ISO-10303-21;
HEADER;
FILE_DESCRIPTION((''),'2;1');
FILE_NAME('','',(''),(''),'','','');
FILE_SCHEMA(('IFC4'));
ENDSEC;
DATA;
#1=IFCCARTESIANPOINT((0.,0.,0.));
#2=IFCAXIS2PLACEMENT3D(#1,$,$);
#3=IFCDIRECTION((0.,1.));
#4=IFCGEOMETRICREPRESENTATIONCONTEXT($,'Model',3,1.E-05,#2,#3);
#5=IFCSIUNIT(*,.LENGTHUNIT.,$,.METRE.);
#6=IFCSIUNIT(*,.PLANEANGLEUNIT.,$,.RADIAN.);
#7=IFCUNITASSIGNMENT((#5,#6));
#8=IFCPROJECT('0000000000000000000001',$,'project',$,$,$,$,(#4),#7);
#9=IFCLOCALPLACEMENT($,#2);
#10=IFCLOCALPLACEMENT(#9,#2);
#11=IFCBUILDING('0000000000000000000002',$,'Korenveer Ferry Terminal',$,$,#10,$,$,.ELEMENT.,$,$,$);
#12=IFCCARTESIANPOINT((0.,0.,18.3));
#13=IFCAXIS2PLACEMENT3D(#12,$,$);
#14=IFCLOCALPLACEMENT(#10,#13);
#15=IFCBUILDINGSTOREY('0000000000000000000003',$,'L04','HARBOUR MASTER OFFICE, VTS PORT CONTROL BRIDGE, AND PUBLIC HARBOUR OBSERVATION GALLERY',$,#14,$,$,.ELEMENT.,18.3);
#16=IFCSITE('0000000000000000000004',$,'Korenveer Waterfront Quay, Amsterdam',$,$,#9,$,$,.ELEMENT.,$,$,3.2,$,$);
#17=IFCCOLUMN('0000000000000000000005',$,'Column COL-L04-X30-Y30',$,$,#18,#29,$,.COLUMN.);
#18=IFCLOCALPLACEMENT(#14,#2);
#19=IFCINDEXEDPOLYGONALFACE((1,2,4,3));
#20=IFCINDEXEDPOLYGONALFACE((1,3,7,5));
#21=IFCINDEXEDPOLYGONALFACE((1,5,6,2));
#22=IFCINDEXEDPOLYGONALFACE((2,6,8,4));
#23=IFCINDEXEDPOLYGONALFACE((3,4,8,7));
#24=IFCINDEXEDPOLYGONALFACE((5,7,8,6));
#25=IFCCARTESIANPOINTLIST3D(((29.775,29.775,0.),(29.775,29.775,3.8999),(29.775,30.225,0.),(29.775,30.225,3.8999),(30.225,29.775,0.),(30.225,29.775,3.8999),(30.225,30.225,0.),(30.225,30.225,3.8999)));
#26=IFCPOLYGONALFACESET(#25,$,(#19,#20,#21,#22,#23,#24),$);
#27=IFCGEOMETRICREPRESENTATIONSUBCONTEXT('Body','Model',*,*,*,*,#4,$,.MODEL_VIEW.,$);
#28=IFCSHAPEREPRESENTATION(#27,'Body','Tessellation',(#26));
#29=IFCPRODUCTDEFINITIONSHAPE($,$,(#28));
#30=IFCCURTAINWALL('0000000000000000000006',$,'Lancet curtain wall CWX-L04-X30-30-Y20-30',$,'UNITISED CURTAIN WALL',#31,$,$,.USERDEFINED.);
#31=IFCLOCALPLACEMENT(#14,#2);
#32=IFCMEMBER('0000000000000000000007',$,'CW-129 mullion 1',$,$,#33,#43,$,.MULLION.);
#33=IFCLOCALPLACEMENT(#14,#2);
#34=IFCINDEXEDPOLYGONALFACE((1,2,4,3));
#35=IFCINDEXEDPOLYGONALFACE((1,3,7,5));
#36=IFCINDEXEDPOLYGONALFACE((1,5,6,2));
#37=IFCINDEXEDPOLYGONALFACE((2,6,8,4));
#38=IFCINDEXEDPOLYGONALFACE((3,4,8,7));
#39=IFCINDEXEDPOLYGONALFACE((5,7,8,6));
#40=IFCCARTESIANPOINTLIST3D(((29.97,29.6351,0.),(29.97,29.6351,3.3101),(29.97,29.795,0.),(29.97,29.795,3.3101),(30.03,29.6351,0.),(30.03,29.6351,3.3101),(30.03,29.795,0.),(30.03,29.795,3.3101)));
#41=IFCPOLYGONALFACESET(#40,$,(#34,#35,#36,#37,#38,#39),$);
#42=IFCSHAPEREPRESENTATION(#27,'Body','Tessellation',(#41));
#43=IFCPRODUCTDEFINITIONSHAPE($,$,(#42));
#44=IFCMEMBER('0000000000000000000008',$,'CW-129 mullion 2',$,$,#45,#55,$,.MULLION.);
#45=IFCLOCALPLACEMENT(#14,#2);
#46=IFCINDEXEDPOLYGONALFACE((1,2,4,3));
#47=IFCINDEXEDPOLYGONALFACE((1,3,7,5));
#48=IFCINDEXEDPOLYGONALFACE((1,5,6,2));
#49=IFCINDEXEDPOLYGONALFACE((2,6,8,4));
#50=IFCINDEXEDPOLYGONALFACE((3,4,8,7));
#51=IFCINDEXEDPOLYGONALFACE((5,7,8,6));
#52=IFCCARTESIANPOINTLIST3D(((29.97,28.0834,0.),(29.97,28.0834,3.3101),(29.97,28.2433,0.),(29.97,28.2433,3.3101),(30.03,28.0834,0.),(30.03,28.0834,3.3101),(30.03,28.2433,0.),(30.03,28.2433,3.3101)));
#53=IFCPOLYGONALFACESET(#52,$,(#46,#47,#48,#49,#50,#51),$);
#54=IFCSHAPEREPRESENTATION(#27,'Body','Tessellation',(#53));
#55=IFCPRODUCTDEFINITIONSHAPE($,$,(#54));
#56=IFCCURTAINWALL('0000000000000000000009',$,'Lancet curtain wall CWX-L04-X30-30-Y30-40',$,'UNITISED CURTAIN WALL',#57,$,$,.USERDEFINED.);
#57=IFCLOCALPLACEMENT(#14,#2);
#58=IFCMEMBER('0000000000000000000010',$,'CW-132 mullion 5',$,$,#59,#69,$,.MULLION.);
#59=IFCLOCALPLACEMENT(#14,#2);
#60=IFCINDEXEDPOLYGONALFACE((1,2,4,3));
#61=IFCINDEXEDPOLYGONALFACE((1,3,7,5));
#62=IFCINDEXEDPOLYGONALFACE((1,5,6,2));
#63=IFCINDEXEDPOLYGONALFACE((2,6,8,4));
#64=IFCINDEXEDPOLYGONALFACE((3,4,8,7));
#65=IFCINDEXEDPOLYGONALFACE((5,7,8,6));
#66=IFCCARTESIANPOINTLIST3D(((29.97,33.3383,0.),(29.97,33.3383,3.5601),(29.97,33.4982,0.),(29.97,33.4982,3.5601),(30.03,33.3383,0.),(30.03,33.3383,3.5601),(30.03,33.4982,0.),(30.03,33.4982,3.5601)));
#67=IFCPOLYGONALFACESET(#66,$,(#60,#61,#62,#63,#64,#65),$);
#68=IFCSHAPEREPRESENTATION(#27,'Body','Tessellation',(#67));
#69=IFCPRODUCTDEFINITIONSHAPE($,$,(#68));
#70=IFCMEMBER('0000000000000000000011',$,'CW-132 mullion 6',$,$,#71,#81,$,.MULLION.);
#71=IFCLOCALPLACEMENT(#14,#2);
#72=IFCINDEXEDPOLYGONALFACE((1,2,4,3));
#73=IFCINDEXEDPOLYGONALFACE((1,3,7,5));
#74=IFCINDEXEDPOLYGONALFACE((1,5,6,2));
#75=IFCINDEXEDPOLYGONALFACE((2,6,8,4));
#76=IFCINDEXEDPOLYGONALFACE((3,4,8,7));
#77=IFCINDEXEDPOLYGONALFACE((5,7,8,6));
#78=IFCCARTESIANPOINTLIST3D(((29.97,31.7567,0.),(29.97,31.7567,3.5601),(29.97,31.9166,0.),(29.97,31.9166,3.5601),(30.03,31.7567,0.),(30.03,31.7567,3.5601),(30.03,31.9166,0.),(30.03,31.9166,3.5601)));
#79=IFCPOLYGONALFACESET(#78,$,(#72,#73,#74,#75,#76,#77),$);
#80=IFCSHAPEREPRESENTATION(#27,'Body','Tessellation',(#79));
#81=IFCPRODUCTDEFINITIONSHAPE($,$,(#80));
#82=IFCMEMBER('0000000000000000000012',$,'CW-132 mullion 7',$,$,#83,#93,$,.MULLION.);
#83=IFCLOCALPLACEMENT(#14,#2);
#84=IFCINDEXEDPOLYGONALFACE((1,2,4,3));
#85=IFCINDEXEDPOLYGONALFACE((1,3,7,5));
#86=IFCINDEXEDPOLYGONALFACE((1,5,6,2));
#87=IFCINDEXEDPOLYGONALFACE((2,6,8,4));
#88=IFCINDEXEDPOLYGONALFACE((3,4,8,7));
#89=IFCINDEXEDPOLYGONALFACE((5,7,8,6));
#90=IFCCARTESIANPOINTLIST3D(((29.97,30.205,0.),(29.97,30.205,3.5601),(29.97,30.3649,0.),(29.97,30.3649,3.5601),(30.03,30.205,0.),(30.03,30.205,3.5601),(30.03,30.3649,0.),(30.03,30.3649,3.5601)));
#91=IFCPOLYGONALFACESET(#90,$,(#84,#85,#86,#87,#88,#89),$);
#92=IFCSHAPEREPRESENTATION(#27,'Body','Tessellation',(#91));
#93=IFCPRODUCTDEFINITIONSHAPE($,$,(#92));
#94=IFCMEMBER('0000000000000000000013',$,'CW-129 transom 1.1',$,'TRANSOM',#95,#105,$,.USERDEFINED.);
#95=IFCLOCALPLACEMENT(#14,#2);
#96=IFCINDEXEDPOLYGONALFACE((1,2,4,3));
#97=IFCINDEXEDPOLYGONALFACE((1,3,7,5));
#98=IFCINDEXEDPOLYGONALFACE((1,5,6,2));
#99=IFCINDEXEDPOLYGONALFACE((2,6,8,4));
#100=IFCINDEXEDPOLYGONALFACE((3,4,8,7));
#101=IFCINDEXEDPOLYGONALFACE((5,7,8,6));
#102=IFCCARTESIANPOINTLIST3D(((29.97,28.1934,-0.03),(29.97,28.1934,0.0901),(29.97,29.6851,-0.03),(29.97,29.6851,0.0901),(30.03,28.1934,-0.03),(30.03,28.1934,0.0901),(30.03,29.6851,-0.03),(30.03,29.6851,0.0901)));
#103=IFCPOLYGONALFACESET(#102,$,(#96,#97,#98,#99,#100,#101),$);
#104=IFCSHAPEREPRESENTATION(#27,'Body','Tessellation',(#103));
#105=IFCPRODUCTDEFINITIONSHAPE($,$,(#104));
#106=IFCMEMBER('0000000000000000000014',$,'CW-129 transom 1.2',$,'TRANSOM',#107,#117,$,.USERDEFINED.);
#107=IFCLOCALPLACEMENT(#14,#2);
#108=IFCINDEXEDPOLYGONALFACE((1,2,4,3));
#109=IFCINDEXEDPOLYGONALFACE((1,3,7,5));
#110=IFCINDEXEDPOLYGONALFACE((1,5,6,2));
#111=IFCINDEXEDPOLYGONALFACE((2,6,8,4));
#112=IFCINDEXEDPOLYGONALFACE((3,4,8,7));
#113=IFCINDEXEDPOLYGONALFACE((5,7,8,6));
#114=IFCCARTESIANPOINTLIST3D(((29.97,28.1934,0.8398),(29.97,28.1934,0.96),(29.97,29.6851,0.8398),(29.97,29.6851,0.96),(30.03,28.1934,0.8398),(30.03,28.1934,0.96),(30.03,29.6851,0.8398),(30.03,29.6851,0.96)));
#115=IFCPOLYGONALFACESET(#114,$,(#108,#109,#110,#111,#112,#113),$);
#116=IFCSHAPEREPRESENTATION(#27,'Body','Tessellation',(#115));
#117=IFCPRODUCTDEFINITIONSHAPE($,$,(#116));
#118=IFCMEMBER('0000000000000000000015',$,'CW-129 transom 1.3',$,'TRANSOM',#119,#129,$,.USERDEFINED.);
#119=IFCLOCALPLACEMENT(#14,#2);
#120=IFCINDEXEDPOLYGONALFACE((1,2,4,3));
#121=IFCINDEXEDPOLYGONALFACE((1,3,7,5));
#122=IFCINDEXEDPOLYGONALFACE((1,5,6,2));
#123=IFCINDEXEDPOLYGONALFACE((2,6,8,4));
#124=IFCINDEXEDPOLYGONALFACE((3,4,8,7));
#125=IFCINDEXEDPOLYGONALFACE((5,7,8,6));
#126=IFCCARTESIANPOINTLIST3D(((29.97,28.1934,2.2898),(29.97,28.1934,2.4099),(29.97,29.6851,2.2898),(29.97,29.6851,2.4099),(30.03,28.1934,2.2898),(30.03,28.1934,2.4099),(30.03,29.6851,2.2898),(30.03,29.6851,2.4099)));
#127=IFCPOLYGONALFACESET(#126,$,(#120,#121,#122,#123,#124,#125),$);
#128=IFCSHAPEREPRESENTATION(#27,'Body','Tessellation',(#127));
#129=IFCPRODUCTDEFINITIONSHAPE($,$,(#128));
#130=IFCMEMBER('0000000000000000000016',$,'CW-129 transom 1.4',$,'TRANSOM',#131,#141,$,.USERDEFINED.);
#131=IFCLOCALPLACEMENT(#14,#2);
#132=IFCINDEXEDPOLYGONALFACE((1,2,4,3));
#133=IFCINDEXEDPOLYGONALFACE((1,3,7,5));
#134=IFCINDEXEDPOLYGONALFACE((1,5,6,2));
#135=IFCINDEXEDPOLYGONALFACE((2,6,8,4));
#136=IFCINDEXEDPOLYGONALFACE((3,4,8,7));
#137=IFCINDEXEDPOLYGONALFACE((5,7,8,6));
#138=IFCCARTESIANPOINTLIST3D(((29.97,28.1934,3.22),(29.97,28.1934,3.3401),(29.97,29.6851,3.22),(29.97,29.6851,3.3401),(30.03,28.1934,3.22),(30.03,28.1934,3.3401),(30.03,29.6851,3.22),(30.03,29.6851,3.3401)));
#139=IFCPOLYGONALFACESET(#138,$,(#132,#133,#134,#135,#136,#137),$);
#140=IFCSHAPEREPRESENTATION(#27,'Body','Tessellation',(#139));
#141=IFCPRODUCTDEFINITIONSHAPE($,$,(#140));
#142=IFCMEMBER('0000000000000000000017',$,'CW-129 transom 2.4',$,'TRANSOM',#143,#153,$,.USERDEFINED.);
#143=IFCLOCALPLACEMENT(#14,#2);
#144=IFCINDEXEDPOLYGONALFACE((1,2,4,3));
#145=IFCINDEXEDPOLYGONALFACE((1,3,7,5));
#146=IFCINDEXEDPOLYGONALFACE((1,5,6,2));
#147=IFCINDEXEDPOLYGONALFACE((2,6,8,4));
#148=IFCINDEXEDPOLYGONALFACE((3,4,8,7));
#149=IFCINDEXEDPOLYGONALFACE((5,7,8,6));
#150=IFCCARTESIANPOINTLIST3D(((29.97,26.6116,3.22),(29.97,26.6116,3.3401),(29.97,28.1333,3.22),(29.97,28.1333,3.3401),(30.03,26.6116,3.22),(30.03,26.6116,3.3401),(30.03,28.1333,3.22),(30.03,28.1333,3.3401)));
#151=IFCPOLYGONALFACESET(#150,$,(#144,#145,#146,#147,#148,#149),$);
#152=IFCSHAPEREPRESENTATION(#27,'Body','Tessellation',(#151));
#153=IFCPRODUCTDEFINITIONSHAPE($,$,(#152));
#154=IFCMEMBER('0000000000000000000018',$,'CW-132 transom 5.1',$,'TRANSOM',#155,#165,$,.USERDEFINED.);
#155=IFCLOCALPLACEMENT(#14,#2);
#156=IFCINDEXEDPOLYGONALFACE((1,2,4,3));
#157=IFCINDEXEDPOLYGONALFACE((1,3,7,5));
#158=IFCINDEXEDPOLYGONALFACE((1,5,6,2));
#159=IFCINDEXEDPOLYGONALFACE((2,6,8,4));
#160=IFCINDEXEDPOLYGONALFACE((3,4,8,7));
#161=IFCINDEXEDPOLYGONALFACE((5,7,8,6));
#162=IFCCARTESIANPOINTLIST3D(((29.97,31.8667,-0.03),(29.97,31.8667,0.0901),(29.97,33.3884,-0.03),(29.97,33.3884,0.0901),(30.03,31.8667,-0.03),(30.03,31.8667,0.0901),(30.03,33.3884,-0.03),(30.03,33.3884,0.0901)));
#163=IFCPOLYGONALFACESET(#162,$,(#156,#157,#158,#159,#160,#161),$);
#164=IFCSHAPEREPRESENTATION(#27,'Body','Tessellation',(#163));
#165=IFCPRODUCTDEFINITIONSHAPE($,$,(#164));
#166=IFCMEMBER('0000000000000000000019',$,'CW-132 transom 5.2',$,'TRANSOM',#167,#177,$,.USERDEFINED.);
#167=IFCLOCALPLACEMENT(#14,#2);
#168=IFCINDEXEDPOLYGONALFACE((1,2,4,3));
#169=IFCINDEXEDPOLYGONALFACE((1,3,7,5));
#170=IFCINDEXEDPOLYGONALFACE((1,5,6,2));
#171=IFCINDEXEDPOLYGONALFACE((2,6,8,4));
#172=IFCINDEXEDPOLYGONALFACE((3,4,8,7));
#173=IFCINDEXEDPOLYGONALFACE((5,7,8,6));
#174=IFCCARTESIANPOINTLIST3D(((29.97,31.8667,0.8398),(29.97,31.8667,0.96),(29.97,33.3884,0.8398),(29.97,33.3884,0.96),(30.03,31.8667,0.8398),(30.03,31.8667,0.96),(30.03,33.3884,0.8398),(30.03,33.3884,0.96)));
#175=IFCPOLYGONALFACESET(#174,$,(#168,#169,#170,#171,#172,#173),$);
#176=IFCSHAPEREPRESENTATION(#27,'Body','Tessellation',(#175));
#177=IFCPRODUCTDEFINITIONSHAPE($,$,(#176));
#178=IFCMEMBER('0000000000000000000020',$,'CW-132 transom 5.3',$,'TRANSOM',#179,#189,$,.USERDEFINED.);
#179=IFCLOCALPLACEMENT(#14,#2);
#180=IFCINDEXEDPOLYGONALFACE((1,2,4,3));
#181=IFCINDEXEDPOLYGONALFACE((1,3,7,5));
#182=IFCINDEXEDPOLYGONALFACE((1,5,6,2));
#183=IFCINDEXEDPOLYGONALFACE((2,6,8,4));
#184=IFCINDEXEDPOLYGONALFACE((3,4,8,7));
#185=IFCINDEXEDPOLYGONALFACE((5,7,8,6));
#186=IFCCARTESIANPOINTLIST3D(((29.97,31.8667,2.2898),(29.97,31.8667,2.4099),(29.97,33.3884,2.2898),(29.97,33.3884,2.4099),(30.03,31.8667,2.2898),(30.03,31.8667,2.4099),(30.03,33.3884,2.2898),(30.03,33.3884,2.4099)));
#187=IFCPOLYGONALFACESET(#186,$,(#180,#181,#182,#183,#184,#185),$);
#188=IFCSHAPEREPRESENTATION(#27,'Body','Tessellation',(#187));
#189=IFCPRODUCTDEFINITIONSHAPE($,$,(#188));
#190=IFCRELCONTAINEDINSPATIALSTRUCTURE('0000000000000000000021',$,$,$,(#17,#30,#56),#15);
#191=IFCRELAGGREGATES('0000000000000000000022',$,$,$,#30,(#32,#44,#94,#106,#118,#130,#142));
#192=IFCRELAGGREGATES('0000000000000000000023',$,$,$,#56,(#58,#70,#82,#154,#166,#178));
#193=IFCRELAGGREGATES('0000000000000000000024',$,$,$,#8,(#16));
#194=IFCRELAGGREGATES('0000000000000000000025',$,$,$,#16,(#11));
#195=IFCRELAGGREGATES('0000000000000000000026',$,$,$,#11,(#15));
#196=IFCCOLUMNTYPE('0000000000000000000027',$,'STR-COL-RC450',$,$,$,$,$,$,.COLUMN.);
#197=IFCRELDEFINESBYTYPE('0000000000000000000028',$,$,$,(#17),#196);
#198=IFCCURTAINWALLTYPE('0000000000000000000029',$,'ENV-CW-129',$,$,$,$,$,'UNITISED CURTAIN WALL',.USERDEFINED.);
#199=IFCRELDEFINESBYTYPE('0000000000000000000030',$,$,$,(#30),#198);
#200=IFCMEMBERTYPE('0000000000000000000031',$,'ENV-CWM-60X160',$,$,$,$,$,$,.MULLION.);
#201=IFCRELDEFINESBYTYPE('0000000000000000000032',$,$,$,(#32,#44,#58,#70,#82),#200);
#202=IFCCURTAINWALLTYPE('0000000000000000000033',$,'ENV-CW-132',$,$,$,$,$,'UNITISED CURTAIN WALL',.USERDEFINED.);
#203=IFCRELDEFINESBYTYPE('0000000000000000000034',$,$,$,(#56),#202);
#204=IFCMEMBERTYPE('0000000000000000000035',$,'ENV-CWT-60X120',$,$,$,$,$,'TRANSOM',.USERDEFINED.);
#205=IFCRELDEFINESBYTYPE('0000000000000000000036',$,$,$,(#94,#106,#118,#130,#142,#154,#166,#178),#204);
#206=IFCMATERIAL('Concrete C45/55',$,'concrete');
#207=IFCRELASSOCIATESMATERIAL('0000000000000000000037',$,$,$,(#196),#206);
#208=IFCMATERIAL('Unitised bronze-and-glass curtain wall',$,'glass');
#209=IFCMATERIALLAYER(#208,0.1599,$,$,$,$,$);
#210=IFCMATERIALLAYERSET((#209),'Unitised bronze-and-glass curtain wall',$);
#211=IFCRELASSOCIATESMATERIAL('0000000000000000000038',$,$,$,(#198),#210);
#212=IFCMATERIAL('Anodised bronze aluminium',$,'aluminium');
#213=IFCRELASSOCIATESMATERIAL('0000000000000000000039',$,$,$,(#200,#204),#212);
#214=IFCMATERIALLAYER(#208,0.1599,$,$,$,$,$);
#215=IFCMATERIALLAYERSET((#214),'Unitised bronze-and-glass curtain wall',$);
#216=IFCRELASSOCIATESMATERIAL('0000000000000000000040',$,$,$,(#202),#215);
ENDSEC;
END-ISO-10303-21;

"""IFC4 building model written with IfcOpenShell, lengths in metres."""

from ifc_helpers import new_model, si_unit, direction, frame, origin, origin_2d, place, context, subcontext, project, spatial, rectangle, extrude, material, layer, layer_set, material_profile, profile_set, type_object, element, aggregate, save


model = new_model("IFC4")

# Units and contexts
model_context = context("Model", 3, precision=1e-05, world=origin(), true_north=direction((0.0, 1.0)))
body_context = subcontext(model_context, "Body", "Model", "MODEL_VIEW")
ifc_project = project(units=[si_unit("LENGTHUNIT", "METRE"), si_unit("PLANEANGLEUNIT", "RADIAN")], contexts=[model_context])

# Site, building, storey
site_placement = place(None, origin())
site = spatial("IfcSite", under=ifc_project, at=site_placement, Name="Korenveer Waterfront Quay, Amsterdam", CompositionType="ELEMENT", RefElevation=3.2)
building_placement = place(site_placement, origin())
building = spatial("IfcBuilding", under=site, at=building_placement, Name="Korenveer Ferry Terminal", CompositionType="ELEMENT")
storey_placement = place(building_placement, frame((0.0, 0.0, 18.3)))
storey = spatial("IfcBuildingStorey", under=building, at=storey_placement, Name="L04", Description="HARBOUR MASTER OFFICE, VTS PORT CONTROL BRIDGE, AND PUBLIC HARBOUR OBSERVATION GALLERY", CompositionType="ELEMENT", Elevation=18.3)

# Column
ifc_material_1 = material(Name="Concrete C45/55", Category="concrete")
ifc_material_profile_1 = material_profile(ifc_material_1, rectangle(XDim=0.45, YDim=0.45, at=origin_2d()), Name="RC 450x450")
ifc_profile_set_1 = profile_set([ifc_material_profile_1], Name="Concrete C45/55")
column_type = type_object("IfcColumnType", Name="STR-COL-RC450", PredefinedType="COLUMN", material=ifc_profile_set_1)
column_placement = place(storey_placement, frame((30.0, 30.0, 0.0), z_axis=(0.0, 0.0, 1.0), x_axis=(1.0, 0.0, 0.0)))
element("IfcColumn", 1, at=column_placement, inside=storey, type_object=column_type, Name="Column COL-L04-X30-Y30", PredefinedType="COLUMN", context=body_context, shape_type="SweptSolid", body=[
    extrude(rectangle(XDim=0.45, YDim=0.45, at=origin_2d()), origin(), (0.0, 0.0, 1.0), 3.8999),
])

# Curtain walls, members
ifc_material_2 = material(Name="Unitised bronze-and-glass curtain wall", Category="glass")
ifc_layer_1 = layer(ifc_material_2, 0.1599)
ifc_layer_set_1 = layer_set([ifc_layer_1], Name="Unitised bronze-and-glass curtain wall")
curtain_wall_type_1 = type_object("IfcCurtainWallType", Name="ENV-CW-129", ElementType="UNITISED CURTAIN WALL", PredefinedType="USERDEFINED", material=ifc_layer_set_1)
curtain_wall_1_placement = place(storey_placement, frame((30.0, 29.7451, 0.0)))
curtain_wall_1 = element("IfcCurtainWall", 2, at=curtain_wall_1_placement, inside=storey, type_object=curtain_wall_type_1, Name="Lancet curtain wall CWX-L04-X30-30-Y20-30", ObjectType="UNITISED CURTAIN WALL", PredefinedType="USERDEFINED")
ifc_material_3 = material(Name="Anodised bronze aluminium", Category="aluminium")
ifc_material_profile_2 = material_profile(ifc_material_3, rectangle(XDim=0.0601, YDim=0.1599, at=origin_2d()), Name="ALU 60x160")
ifc_profile_set_2 = profile_set([ifc_material_profile_2], Name="Anodised bronze aluminium")
member_type_1 = type_object("IfcMemberType", Name="ENV-CWM-60X160", PredefinedType="MULLION", material=ifc_profile_set_2)
member_1_placement = place(storey_placement, frame((30.0, 29.7151, 0.0), z_axis=(0.0, 0.0, 1.0), x_axis=(1.0, 0.0, 0.0)))
member_1 = element("IfcMember", 3, at=member_1_placement, type_object=member_type_1, Name="CW-129 mullion 1", PredefinedType="MULLION", context=body_context, shape_type="SweptSolid", body=[
    extrude(rectangle(XDim=0.0601, YDim=0.1599, at=origin_2d()), origin(), (0.0, 0.0, 1.0), 3.3101),
])
member_2_placement = place(storey_placement, frame((30.0, 28.1633, 0.0), z_axis=(0.0, 0.0, 1.0), x_axis=(1.0, 0.0, 0.0)))
member_2 = element("IfcMember", 4, at=member_2_placement, type_object=member_type_1, Name="CW-129 mullion 2", PredefinedType="MULLION", context=body_context, shape_type="SweptSolid", body=[
    extrude(rectangle(XDim=0.0601, YDim=0.1599, at=origin_2d()), origin(), (0.0, 0.0, 1.0), 3.3101),
])
ifc_layer_2 = layer(ifc_material_2, 0.1599)
ifc_layer_set_2 = layer_set([ifc_layer_2], Name="Unitised bronze-and-glass curtain wall")
curtain_wall_type_2 = type_object("IfcCurtainWallType", Name="ENV-CW-132", ElementType="UNITISED CURTAIN WALL", PredefinedType="USERDEFINED", material=ifc_layer_set_2)
curtain_wall_2_placement = place(storey_placement, frame((30.0, 39.7451, 0.0)))
curtain_wall_2 = element("IfcCurtainWall", 5, at=curtain_wall_2_placement, inside=storey, type_object=curtain_wall_type_2, Name="Lancet curtain wall CWX-L04-X30-30-Y30-40", ObjectType="UNITISED CURTAIN WALL", PredefinedType="USERDEFINED")
member_3_placement = place(storey_placement, frame((30.0, 33.4182, 0.0), z_axis=(0.0, 0.0, 1.0), x_axis=(1.0, 0.0, 0.0)))
member_3 = element("IfcMember", 6, at=member_3_placement, type_object=member_type_1, Name="CW-132 mullion 5", PredefinedType="MULLION", context=body_context, shape_type="SweptSolid", body=[
    extrude(rectangle(XDim=0.0601, YDim=0.1599, at=origin_2d()), origin(), (0.0, 0.0, 1.0), 3.5601),
])
member_4_placement = place(storey_placement, frame((30.0, 31.8367, 0.0), z_axis=(0.0, 0.0, 1.0), x_axis=(1.0, 0.0, 0.0)))
member_4 = element("IfcMember", 7, at=member_4_placement, type_object=member_type_1, Name="CW-132 mullion 6", PredefinedType="MULLION", context=body_context, shape_type="SweptSolid", body=[
    extrude(rectangle(XDim=0.0601, YDim=0.1599, at=origin_2d()), origin(), (0.0, 0.0, 1.0), 3.5601),
])
member_5_placement = place(storey_placement, frame((30.0, 30.2849, 0.0), z_axis=(0.0, 0.0, 1.0), x_axis=(1.0, 0.0, 0.0)))
member_5 = element("IfcMember", 8, at=member_5_placement, type_object=member_type_1, Name="CW-132 mullion 7", PredefinedType="MULLION", context=body_context, shape_type="SweptSolid", body=[
    extrude(rectangle(XDim=0.0601, YDim=0.1599, at=origin_2d()), origin(), (0.0, 0.0, 1.0), 3.5601),
])

# Members
ifc_material_profile_3 = material_profile(ifc_material_3, rectangle(XDim=0.0601, YDim=0.1201, at=origin_2d()), Name="ALU 60x120")
ifc_profile_set_3 = profile_set([ifc_material_profile_3], Name="Anodised bronze aluminium")
member_type_2 = type_object("IfcMemberType", Name="ENV-CWT-60X120", ElementType="TRANSOM", PredefinedType="USERDEFINED", material=ifc_profile_set_3)
member_6_placement = place(storey_placement, frame((30.0, 29.6851, 0.03), z_axis=(0.0, -1.0, 0.0), x_axis=(1.0, 0.0, 0.0)))
member_6 = element("IfcMember", 9, at=member_6_placement, type_object=member_type_2, Name="CW-129 transom 1.1", ObjectType="TRANSOM", PredefinedType="USERDEFINED", context=body_context, shape_type="SweptSolid", body=[
    extrude(rectangle(XDim=0.0601, YDim=0.1201, at=origin_2d()), origin(), (0.0, 0.0, 1.0), 1.4917),
])
member_7_placement = place(storey_placement, frame((30.0, 29.6851, 0.8999), z_axis=(0.0, -1.0, 0.0), x_axis=(1.0, 0.0, 0.0)))
member_7 = element("IfcMember", 10, at=member_7_placement, type_object=member_type_2, Name="CW-129 transom 1.2", ObjectType="TRANSOM", PredefinedType="USERDEFINED", context=body_context, shape_type="SweptSolid", body=[
    extrude(rectangle(XDim=0.0601, YDim=0.1201, at=origin_2d()), origin(), (0.0, 0.0, 1.0), 1.4917),
])
member_8_placement = place(storey_placement, frame((30.0, 29.6851, 2.3499), z_axis=(0.0, -1.0, 0.0), x_axis=(1.0, 0.0, 0.0)))
member_8 = element("IfcMember", 11, at=member_8_placement, type_object=member_type_2, Name="CW-129 transom 1.3", ObjectType="TRANSOM", PredefinedType="USERDEFINED", context=body_context, shape_type="SweptSolid", body=[
    extrude(rectangle(XDim=0.0601, YDim=0.1201, at=origin_2d()), origin(), (0.0, 0.0, 1.0), 1.4917),
])
member_9_placement = place(storey_placement, frame((30.0, 29.6851, 3.28), z_axis=(0.0, -1.0, 0.0), x_axis=(1.0, 0.0, 0.0)))
member_9 = element("IfcMember", 12, at=member_9_placement, type_object=member_type_2, Name="CW-129 transom 1.4", ObjectType="TRANSOM", PredefinedType="USERDEFINED", context=body_context, shape_type="SweptSolid", body=[
    extrude(rectangle(XDim=0.0601, YDim=0.1201, at=origin_2d()), origin(), (0.0, 0.0, 1.0), 1.4917),
])
member_10_placement = place(storey_placement, frame((30.0, 28.1333, 3.28), z_axis=(0.0, -1.0, 0.0), x_axis=(1.0, 0.0, 0.0)))
member_10 = element("IfcMember", 13, at=member_10_placement, type_object=member_type_2, Name="CW-129 transom 2.4", ObjectType="TRANSOM", PredefinedType="USERDEFINED", context=body_context, shape_type="SweptSolid", body=[
    extrude(rectangle(XDim=0.0601, YDim=0.1201, at=origin_2d()), origin(), (0.0, 0.0, 1.0), 1.5217),
])
member_11_placement = place(storey_placement, frame((30.0, 33.3884, 0.03), z_axis=(0.0, -1.0, 0.0), x_axis=(1.0, 0.0, 0.0)))
member_11 = element("IfcMember", 14, at=member_11_placement, type_object=member_type_2, Name="CW-132 transom 5.1", ObjectType="TRANSOM", PredefinedType="USERDEFINED", context=body_context, shape_type="SweptSolid", body=[
    extrude(rectangle(XDim=0.0601, YDim=0.1201, at=origin_2d()), origin(), (0.0, 0.0, 1.0), 1.5217),
])
member_12_placement = place(storey_placement, frame((30.0, 33.3884, 0.8999), z_axis=(0.0, -1.0, 0.0), x_axis=(1.0, 0.0, 0.0)))
member_12 = element("IfcMember", 15, at=member_12_placement, type_object=member_type_2, Name="CW-132 transom 5.2", ObjectType="TRANSOM", PredefinedType="USERDEFINED", context=body_context, shape_type="SweptSolid", body=[
    extrude(rectangle(XDim=0.0601, YDim=0.1201, at=origin_2d()), origin(), (0.0, 0.0, 1.0), 1.5217),
])
member_13_placement = place(storey_placement, frame((30.0, 33.3884, 2.3499), z_axis=(0.0, -1.0, 0.0), x_axis=(1.0, 0.0, 0.0)))
member_13 = element("IfcMember", 16, at=member_13_placement, type_object=member_type_2, Name="CW-132 transom 5.3", ObjectType="TRANSOM", PredefinedType="USERDEFINED", context=body_context, shape_type="SweptSolid", body=[
    extrude(rectangle(XDim=0.0601, YDim=0.1201, at=origin_2d()), origin(), (0.0, 0.0, 1.0), 1.5217),
])

aggregate(curtain_wall_1, [member_1, member_2, member_6, member_7, member_8, member_9, member_10])
aggregate(curtain_wall_2, [member_3, member_4, member_5, member_11, member_12, member_13])

save(model, "model.ifc")
